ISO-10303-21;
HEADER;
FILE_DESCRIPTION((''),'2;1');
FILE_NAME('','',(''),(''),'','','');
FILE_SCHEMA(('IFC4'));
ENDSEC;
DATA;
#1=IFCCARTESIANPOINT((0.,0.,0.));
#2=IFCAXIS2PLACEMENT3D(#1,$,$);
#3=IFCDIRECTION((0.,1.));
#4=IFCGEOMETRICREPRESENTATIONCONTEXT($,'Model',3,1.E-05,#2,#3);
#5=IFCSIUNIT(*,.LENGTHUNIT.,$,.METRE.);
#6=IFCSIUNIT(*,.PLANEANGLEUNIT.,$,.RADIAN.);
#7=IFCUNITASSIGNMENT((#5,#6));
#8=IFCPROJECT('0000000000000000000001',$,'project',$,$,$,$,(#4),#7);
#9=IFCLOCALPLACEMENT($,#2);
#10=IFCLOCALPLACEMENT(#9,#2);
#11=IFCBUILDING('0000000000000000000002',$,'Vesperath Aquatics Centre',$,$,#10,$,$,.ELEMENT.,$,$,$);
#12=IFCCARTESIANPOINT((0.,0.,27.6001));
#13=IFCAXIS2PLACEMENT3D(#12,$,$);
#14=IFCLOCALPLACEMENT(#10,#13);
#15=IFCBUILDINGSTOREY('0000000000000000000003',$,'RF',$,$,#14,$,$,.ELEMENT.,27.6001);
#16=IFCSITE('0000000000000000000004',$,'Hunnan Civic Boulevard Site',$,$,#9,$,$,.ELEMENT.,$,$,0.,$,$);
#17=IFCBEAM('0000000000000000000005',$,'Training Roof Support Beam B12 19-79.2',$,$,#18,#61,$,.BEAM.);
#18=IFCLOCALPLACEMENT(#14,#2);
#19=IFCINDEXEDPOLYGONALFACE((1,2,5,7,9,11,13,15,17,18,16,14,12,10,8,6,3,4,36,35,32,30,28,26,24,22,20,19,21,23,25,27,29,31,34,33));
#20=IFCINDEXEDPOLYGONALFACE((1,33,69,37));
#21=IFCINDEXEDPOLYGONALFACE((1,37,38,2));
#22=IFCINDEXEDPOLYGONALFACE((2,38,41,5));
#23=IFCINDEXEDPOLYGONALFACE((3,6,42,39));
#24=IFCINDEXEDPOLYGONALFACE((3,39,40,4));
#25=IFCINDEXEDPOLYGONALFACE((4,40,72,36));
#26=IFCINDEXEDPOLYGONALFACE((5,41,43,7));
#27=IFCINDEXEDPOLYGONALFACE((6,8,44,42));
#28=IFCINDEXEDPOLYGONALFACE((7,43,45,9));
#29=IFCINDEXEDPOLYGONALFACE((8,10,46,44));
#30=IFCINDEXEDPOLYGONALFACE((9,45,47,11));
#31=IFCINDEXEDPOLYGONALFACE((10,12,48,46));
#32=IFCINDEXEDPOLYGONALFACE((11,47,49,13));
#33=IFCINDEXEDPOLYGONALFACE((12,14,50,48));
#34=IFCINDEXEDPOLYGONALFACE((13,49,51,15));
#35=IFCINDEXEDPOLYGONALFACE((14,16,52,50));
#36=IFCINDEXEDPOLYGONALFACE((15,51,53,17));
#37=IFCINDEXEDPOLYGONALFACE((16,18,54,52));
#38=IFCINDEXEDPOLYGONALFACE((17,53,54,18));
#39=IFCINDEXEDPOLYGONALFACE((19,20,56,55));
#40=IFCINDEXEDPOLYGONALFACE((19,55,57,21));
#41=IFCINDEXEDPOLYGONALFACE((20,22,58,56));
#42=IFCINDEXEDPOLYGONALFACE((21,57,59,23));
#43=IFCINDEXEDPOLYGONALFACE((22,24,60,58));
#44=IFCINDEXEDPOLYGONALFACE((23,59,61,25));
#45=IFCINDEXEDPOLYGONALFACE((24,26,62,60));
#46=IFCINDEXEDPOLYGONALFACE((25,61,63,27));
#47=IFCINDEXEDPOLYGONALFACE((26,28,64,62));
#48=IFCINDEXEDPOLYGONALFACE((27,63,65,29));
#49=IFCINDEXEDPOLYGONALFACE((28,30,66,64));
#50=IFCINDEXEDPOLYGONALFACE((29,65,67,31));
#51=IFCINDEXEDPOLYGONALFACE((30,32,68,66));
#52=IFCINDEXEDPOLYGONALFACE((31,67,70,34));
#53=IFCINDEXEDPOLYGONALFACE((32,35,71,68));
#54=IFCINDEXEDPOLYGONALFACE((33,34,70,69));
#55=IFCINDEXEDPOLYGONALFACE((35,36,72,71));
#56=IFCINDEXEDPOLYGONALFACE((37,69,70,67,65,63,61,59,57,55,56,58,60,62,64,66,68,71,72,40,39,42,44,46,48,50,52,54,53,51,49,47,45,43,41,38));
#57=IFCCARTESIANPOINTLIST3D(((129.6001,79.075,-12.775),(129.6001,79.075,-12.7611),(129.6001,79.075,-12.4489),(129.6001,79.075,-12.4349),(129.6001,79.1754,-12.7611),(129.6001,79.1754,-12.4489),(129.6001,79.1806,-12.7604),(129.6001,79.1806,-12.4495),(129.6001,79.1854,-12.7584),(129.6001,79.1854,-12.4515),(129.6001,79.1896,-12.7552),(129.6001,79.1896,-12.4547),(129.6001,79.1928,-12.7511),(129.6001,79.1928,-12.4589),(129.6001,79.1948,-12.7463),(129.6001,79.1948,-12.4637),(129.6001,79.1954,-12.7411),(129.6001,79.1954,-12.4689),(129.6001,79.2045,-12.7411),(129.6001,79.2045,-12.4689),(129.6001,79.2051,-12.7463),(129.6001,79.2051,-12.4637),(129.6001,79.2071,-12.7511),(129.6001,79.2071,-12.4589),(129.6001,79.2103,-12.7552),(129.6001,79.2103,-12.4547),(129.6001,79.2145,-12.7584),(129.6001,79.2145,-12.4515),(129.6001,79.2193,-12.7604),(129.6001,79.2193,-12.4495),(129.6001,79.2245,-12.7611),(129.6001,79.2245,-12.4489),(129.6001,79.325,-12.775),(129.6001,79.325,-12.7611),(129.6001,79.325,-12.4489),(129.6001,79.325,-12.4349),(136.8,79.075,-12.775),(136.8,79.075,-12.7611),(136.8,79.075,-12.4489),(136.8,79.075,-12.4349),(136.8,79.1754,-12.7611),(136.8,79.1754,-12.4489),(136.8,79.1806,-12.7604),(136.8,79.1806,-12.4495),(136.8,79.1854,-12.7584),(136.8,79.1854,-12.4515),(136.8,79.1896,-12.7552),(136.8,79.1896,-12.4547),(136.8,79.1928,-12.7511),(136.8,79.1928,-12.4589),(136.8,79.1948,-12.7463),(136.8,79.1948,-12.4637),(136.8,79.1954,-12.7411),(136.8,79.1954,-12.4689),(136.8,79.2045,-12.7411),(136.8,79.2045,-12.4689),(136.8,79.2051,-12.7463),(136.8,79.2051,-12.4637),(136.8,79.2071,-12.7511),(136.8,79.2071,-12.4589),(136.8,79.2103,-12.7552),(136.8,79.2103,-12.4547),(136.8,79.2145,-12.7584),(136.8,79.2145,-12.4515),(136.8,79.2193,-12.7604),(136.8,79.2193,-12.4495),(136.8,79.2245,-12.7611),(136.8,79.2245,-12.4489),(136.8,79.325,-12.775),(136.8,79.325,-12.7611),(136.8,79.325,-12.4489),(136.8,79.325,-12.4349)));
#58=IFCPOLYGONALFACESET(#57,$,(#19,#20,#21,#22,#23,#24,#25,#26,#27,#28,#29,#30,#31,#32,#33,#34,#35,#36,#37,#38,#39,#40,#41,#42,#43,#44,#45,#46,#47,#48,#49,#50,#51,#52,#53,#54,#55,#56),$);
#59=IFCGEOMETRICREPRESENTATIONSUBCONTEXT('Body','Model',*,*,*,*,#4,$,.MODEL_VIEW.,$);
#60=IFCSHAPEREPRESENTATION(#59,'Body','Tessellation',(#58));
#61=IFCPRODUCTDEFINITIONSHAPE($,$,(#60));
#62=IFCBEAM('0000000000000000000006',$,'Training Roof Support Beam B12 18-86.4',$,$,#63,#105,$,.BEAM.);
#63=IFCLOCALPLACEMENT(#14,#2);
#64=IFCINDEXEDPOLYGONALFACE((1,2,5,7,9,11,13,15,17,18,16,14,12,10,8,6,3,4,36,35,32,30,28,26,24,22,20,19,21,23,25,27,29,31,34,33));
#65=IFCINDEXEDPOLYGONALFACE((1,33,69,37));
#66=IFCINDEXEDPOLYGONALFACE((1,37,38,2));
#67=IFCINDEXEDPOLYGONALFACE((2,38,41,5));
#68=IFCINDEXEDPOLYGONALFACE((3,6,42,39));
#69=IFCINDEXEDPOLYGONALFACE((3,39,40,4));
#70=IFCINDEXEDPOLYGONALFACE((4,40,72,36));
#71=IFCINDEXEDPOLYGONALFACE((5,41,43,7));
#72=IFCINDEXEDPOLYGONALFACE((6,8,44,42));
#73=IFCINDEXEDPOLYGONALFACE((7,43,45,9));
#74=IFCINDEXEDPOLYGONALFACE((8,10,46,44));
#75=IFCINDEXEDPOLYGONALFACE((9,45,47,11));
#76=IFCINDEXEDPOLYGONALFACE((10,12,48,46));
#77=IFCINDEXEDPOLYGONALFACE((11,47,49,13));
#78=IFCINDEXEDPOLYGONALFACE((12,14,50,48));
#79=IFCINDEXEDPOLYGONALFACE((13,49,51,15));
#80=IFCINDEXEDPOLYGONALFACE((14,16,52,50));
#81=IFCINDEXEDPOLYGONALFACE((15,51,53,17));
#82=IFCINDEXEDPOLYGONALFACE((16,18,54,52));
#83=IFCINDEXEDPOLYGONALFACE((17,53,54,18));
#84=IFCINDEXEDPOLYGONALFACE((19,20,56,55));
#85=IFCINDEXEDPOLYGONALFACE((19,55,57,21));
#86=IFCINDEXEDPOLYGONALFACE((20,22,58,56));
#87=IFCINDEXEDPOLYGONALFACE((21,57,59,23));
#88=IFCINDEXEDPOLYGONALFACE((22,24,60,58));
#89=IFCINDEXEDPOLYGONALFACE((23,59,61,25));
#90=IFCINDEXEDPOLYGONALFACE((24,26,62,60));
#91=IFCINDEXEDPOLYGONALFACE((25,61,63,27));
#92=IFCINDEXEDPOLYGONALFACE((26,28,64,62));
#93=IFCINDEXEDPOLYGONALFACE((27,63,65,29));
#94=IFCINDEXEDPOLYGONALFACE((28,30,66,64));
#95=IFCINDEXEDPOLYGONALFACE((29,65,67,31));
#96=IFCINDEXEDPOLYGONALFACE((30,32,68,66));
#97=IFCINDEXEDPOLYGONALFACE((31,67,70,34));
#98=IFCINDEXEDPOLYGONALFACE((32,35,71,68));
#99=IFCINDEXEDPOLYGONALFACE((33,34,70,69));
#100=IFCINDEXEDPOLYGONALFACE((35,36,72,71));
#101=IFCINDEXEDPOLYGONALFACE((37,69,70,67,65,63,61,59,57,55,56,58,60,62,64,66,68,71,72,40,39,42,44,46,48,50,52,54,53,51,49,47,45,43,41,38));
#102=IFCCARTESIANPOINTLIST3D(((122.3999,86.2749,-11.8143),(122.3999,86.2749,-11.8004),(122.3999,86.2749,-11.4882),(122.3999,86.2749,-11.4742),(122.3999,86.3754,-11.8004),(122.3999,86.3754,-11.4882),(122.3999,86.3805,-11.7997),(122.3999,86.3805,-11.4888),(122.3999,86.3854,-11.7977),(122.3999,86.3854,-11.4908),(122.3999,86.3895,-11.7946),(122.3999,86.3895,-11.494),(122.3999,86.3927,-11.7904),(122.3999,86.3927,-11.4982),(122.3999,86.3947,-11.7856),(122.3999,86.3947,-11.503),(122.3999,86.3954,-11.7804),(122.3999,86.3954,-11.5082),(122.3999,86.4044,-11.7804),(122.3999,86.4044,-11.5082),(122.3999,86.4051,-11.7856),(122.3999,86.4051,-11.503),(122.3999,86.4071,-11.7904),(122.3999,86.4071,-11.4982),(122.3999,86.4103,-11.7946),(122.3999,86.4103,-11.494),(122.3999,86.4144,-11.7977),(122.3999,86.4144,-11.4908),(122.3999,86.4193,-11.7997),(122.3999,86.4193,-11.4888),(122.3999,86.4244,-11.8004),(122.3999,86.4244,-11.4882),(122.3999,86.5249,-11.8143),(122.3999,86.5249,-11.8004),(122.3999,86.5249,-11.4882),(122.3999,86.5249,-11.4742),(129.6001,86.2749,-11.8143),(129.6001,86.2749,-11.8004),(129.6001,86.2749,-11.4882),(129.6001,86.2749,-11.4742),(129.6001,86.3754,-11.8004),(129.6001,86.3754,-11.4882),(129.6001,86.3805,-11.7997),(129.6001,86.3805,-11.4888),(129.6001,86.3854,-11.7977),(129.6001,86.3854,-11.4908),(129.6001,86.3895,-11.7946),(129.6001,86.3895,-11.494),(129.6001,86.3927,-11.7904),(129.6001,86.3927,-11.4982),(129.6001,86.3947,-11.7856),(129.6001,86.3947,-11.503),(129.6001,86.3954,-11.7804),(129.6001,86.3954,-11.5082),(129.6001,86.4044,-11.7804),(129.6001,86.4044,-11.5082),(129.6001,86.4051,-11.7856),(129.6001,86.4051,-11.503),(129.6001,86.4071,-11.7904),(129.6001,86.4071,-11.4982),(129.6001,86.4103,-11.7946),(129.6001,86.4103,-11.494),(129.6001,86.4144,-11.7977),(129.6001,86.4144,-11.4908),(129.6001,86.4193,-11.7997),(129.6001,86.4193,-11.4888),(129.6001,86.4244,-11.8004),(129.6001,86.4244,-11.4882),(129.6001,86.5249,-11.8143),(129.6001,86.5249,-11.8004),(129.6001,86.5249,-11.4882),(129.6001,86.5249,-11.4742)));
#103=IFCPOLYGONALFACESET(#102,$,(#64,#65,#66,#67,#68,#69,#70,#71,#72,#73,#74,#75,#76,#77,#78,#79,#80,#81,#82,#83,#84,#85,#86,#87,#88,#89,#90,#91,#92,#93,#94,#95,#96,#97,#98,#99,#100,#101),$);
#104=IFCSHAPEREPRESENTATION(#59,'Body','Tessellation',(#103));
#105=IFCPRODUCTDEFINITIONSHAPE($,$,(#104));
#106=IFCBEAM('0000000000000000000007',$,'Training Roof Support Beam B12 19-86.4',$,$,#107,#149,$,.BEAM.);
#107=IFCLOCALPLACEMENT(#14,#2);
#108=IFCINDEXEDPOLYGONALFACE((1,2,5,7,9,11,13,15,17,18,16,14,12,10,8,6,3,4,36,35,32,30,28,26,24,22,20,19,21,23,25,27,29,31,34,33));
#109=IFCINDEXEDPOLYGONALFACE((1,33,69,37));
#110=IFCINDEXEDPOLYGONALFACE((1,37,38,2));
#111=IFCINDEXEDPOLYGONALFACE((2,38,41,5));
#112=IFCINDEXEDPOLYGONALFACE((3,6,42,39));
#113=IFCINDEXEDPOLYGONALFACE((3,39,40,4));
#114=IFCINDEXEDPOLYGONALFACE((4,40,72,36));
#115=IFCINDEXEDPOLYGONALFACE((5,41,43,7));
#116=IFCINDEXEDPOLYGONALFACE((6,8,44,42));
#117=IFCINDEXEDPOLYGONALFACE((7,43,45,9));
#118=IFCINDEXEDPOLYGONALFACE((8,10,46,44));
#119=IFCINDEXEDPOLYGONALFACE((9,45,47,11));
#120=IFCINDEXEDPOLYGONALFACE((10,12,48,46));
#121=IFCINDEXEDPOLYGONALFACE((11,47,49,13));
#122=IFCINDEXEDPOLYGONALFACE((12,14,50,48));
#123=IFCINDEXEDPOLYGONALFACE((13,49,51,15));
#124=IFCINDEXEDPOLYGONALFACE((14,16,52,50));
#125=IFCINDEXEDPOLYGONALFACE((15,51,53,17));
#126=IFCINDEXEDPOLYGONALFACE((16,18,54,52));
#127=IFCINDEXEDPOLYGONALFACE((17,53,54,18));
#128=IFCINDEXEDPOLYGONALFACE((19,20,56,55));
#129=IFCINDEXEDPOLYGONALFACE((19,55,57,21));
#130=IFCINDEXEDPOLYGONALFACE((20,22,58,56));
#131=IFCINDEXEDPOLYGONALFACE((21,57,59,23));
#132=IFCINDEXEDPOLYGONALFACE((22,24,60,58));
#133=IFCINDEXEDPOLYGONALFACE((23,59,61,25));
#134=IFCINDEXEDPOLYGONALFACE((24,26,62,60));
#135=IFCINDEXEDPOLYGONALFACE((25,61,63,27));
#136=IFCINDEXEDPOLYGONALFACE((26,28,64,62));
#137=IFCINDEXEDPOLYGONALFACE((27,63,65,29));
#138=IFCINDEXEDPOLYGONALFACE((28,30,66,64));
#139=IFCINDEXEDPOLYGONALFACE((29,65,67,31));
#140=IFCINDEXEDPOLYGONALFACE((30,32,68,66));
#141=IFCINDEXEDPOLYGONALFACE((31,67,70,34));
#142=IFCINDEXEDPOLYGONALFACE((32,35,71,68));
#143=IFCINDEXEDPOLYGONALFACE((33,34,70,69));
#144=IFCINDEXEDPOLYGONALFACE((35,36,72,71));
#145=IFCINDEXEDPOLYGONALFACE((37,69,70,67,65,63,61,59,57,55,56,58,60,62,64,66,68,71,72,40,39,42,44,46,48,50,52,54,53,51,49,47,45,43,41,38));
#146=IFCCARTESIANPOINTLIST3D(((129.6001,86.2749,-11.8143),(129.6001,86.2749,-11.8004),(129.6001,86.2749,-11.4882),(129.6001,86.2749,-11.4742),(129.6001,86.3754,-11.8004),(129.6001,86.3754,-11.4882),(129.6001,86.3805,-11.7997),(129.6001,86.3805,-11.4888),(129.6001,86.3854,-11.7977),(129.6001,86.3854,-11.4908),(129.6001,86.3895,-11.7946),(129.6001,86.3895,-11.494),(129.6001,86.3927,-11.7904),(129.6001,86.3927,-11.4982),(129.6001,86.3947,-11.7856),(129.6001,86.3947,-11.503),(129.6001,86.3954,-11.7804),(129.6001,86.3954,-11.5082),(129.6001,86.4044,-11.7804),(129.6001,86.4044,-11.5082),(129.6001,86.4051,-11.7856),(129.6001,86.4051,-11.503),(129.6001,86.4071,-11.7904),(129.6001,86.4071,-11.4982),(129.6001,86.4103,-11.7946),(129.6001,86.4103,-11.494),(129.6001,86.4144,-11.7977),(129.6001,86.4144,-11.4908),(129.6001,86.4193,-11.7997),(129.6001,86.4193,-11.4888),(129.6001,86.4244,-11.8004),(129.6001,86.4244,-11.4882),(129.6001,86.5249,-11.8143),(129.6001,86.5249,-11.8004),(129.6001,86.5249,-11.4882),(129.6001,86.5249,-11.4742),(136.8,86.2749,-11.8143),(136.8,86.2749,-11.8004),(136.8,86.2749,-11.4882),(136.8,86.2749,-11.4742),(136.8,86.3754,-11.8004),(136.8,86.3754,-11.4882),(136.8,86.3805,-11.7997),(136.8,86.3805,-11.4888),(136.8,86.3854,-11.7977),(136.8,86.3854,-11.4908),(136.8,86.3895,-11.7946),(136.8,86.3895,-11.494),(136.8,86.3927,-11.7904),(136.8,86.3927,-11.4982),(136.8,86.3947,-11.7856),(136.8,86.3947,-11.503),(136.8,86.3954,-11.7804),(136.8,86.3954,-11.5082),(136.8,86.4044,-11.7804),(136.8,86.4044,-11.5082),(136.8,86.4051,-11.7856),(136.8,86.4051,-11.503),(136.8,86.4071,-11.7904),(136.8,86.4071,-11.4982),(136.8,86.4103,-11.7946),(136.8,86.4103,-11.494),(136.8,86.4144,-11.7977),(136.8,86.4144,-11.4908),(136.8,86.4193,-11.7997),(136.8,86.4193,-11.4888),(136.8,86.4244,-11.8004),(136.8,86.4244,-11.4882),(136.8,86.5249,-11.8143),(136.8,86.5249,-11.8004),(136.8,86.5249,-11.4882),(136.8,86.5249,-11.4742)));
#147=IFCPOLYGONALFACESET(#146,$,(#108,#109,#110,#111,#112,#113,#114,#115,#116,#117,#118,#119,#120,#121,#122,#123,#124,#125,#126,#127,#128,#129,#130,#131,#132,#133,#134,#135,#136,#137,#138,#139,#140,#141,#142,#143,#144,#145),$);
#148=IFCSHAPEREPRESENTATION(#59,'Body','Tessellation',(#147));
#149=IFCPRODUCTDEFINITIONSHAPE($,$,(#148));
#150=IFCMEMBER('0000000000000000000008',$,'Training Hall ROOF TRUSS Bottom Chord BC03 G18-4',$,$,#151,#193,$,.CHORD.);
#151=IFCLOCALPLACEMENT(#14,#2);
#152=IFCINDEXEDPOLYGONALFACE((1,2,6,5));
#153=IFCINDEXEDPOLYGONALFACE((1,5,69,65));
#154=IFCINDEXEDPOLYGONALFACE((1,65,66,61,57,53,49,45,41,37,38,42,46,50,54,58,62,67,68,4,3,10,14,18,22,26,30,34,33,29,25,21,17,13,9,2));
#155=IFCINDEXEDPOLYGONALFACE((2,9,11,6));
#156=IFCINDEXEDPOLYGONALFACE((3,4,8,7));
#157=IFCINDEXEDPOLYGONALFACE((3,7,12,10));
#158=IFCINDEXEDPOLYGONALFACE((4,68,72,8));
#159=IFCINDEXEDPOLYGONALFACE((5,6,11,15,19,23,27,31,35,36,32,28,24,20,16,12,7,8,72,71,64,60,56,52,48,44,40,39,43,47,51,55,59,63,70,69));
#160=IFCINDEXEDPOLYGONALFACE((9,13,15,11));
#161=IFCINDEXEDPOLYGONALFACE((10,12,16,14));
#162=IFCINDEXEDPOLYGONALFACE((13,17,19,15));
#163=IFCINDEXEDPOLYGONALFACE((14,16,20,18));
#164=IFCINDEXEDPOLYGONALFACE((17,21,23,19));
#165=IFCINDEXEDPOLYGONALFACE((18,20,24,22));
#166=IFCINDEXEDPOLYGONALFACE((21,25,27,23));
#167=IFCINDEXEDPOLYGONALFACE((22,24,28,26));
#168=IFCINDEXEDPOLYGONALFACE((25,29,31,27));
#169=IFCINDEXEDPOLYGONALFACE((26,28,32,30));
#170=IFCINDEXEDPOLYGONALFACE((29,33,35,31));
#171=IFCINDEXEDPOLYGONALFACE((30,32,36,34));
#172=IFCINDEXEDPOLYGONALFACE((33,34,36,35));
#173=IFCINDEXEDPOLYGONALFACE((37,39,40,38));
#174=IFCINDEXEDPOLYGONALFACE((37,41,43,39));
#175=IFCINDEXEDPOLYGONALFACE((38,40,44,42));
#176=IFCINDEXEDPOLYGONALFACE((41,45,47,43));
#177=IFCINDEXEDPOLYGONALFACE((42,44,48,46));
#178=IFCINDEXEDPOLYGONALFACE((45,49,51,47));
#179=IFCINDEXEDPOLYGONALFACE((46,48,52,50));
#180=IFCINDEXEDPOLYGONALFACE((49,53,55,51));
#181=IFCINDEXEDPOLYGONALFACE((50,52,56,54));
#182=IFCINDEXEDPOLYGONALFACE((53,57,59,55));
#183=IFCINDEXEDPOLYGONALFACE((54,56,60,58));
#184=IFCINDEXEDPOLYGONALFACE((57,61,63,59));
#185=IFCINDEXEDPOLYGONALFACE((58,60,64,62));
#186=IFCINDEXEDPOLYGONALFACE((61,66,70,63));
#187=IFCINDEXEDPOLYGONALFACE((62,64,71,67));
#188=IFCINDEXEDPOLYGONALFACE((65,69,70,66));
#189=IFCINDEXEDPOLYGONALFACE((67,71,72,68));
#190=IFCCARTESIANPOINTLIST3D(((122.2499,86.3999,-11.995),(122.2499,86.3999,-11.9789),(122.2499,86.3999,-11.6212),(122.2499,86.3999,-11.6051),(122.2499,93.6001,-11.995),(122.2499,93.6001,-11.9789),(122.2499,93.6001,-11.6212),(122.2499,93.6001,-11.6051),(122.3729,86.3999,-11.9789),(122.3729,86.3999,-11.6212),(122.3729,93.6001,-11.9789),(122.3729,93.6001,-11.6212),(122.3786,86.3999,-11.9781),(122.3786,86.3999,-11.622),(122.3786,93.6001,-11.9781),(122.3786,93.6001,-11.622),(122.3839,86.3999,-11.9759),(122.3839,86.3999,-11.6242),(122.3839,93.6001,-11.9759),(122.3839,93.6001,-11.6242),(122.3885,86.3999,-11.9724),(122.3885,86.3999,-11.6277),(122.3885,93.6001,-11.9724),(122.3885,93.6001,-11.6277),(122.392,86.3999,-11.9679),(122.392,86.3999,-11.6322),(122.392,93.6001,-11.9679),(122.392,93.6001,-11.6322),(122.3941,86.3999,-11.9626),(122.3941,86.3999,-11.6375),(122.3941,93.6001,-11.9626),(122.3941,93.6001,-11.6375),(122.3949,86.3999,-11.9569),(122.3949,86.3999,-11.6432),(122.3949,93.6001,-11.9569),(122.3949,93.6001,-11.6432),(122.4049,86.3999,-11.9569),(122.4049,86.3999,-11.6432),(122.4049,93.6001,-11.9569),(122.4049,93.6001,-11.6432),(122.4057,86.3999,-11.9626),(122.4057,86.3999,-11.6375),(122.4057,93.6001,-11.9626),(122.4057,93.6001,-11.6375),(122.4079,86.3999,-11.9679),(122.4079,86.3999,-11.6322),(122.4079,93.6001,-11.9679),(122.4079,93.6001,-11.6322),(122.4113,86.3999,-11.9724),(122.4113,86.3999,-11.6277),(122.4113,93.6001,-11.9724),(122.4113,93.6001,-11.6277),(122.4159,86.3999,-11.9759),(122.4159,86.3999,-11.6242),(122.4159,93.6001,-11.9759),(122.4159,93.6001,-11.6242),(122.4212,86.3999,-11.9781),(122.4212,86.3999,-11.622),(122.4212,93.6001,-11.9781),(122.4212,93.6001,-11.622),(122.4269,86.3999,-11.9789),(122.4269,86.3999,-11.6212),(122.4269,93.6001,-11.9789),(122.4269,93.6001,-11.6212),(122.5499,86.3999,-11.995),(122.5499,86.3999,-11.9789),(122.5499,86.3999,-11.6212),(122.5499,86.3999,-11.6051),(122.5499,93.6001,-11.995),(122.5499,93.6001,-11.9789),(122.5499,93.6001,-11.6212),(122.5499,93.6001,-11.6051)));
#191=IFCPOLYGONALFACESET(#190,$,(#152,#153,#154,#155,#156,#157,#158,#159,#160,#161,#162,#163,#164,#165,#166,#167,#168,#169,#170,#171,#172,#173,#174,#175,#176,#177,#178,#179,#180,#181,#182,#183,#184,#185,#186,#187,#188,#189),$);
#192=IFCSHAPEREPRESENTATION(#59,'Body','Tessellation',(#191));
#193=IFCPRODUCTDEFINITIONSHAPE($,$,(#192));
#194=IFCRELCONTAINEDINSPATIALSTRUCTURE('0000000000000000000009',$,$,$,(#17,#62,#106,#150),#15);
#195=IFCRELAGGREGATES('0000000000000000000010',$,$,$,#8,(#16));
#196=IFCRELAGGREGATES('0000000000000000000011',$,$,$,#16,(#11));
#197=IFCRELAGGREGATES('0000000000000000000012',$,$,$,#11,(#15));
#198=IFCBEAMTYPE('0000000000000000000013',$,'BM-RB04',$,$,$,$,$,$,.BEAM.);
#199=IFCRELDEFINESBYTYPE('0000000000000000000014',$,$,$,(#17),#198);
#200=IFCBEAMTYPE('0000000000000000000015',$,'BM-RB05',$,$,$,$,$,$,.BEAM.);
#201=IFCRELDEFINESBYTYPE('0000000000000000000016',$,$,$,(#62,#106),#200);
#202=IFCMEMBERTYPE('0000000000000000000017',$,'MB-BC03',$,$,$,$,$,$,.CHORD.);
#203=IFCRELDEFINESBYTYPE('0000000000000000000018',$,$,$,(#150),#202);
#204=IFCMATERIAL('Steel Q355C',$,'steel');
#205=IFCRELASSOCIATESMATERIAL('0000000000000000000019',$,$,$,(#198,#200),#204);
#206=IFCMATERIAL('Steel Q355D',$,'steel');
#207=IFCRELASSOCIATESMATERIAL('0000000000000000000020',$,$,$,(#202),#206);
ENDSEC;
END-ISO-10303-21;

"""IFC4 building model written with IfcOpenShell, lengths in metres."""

from ifc_helpers import new_model, si_unit, direction, frame, origin, origin_2d, place, context, subcontext, project, spatial, i_section, extrude, material, material_profile, profile_set, type_object, element, save


model = new_model("IFC4")

# Units and contexts
model_context = context("Model", 3, precision=1e-05, world=origin(), true_north=direction((0.0, 1.0)))
body_context = subcontext(model_context, "Body", "Model", "MODEL_VIEW")
ifc_project = project(units=[si_unit("LENGTHUNIT", "METRE"), si_unit("PLANEANGLEUNIT", "RADIAN")], contexts=[model_context])

# Site, building, storey
site_placement = place(None, origin())
site = spatial("IfcSite", under=ifc_project, at=site_placement, Name="Hunnan Civic Boulevard Site", CompositionType="ELEMENT", RefElevation=0.0)
building_placement = place(site_placement, origin())
building = spatial("IfcBuilding", under=site, at=building_placement, Name="Vesperath Aquatics Centre", CompositionType="ELEMENT")
storey_placement = place(building_placement, frame((0.0, 0.0, 27.6001)))
storey = spatial("IfcBuildingStorey", under=building, at=storey_placement, Name="RF", CompositionType="ELEMENT", Elevation=27.6001)

# Beams
ifc_material_1 = material(Name="Steel Q355C", Category="steel")
ifc_material_profile_1 = material_profile(ifc_material_1, i_section(OverallWidth=0.25, OverallDepth=0.3401, WebThickness=0.009, FlangeThickness=0.0139, FilletRadius=0.02, at=origin_2d()), Name="HM 340x250x9x14")
ifc_profile_set_1 = profile_set([ifc_material_profile_1], Name="Steel Q355C")
beam_type_1 = type_object("IfcBeamType", Name="BM-RB04", PredefinedType="BEAM", material=ifc_profile_set_1)
beam_1_placement = place(storey_placement, frame((129.6001, 79.2, -12.605), z_axis=(1.0, 0.0, 0.0), x_axis=(0.0, 1.0, 0.0)))
element("IfcBeam", 1, at=beam_1_placement, inside=storey, type_object=beam_type_1, Name="Training Roof Support Beam B12 19-79.2", PredefinedType="BEAM", context=body_context, shape_type="SweptSolid", body=[
    extrude(i_section(OverallWidth=0.25, OverallDepth=0.3401, WebThickness=0.009, FlangeThickness=0.0139, FilletRadius=0.02, at=origin_2d()), origin(), (0.0, 0.0, 1.0), 7.2),
])
ifc_material_profile_2 = material_profile(ifc_material_1, i_section(OverallWidth=0.25, OverallDepth=0.3401, WebThickness=0.009, FlangeThickness=0.0139, FilletRadius=0.02, at=origin_2d()), Name="HM 340x250x9x14")
ifc_profile_set_2 = profile_set([ifc_material_profile_2], Name="Steel Q355C")
beam_type_2 = type_object("IfcBeamType", Name="BM-RB05", PredefinedType="BEAM", material=ifc_profile_set_2)
beam_2_placement = place(storey_placement, frame((122.3999, 86.3999, -11.6443), z_axis=(1.0, 0.0, 0.0), x_axis=(0.0, 1.0, 0.0)))
element("IfcBeam", 2, at=beam_2_placement, inside=storey, type_object=beam_type_2, Name="Training Roof Support Beam B12 18-86.4", PredefinedType="BEAM", context=body_context, shape_type="SweptSolid", body=[
    extrude(i_section(OverallWidth=0.25, OverallDepth=0.3401, WebThickness=0.009, FlangeThickness=0.0139, FilletRadius=0.02, at=origin_2d()), origin(), (0.0, 0.0, 1.0), 7.2002),
])
beam_3_placement = place(storey_placement, frame((129.6001, 86.3999, -11.6443), z_axis=(1.0, 0.0, 0.0), x_axis=(0.0, 1.0, 0.0)))
element("IfcBeam", 3, at=beam_3_placement, inside=storey, type_object=beam_type_2, Name="Training Roof Support Beam B12 19-86.4", PredefinedType="BEAM", context=body_context, shape_type="SweptSolid", body=[
    extrude(i_section(OverallWidth=0.25, OverallDepth=0.3401, WebThickness=0.009, FlangeThickness=0.0139, FilletRadius=0.02, at=origin_2d()), origin(), (0.0, 0.0, 1.0), 7.2),
])

# Member
ifc_material_2 = material(Name="Steel Q355D", Category="steel")
ifc_material_profile_3 = material_profile(ifc_material_2, i_section(OverallWidth=0.3, OverallDepth=0.3899, WebThickness=0.01, FlangeThickness=0.0161, FilletRadius=0.022, at=origin_2d()), Name="HM 390x300x10x16")
ifc_profile_set_3 = profile_set([ifc_material_profile_3], Name="Steel Q355D")
member_type_1 = type_object("IfcMemberType", Name="MB-BC03", PredefinedType="CHORD", material=ifc_profile_set_3)
for number, where, z_axis, x_axis, name in (
    (4, (122.3999, 86.3999, -11.8), (0.0, 1.0, 0.0), (-1.0, 0.0, 0.0), "Training Hall ROOF TRUSS Bottom Chord BC03 G18-4"),
):
    element("IfcMember", number, at=place(storey_placement, frame(where, z_axis=z_axis, x_axis=x_axis)), inside=storey, type_object=member_type_1, Name=name, PredefinedType="CHORD", context=body_context, shape_type="SweptSolid", body=[
        extrude(i_section(OverallWidth=0.3, OverallDepth=0.3899, WebThickness=0.01, FlangeThickness=0.0161, FilletRadius=0.022, at=origin_2d()), origin(), (0.0, 0.0, 1.0), 7.2002),
    ])

save(model, "model.ifc")
